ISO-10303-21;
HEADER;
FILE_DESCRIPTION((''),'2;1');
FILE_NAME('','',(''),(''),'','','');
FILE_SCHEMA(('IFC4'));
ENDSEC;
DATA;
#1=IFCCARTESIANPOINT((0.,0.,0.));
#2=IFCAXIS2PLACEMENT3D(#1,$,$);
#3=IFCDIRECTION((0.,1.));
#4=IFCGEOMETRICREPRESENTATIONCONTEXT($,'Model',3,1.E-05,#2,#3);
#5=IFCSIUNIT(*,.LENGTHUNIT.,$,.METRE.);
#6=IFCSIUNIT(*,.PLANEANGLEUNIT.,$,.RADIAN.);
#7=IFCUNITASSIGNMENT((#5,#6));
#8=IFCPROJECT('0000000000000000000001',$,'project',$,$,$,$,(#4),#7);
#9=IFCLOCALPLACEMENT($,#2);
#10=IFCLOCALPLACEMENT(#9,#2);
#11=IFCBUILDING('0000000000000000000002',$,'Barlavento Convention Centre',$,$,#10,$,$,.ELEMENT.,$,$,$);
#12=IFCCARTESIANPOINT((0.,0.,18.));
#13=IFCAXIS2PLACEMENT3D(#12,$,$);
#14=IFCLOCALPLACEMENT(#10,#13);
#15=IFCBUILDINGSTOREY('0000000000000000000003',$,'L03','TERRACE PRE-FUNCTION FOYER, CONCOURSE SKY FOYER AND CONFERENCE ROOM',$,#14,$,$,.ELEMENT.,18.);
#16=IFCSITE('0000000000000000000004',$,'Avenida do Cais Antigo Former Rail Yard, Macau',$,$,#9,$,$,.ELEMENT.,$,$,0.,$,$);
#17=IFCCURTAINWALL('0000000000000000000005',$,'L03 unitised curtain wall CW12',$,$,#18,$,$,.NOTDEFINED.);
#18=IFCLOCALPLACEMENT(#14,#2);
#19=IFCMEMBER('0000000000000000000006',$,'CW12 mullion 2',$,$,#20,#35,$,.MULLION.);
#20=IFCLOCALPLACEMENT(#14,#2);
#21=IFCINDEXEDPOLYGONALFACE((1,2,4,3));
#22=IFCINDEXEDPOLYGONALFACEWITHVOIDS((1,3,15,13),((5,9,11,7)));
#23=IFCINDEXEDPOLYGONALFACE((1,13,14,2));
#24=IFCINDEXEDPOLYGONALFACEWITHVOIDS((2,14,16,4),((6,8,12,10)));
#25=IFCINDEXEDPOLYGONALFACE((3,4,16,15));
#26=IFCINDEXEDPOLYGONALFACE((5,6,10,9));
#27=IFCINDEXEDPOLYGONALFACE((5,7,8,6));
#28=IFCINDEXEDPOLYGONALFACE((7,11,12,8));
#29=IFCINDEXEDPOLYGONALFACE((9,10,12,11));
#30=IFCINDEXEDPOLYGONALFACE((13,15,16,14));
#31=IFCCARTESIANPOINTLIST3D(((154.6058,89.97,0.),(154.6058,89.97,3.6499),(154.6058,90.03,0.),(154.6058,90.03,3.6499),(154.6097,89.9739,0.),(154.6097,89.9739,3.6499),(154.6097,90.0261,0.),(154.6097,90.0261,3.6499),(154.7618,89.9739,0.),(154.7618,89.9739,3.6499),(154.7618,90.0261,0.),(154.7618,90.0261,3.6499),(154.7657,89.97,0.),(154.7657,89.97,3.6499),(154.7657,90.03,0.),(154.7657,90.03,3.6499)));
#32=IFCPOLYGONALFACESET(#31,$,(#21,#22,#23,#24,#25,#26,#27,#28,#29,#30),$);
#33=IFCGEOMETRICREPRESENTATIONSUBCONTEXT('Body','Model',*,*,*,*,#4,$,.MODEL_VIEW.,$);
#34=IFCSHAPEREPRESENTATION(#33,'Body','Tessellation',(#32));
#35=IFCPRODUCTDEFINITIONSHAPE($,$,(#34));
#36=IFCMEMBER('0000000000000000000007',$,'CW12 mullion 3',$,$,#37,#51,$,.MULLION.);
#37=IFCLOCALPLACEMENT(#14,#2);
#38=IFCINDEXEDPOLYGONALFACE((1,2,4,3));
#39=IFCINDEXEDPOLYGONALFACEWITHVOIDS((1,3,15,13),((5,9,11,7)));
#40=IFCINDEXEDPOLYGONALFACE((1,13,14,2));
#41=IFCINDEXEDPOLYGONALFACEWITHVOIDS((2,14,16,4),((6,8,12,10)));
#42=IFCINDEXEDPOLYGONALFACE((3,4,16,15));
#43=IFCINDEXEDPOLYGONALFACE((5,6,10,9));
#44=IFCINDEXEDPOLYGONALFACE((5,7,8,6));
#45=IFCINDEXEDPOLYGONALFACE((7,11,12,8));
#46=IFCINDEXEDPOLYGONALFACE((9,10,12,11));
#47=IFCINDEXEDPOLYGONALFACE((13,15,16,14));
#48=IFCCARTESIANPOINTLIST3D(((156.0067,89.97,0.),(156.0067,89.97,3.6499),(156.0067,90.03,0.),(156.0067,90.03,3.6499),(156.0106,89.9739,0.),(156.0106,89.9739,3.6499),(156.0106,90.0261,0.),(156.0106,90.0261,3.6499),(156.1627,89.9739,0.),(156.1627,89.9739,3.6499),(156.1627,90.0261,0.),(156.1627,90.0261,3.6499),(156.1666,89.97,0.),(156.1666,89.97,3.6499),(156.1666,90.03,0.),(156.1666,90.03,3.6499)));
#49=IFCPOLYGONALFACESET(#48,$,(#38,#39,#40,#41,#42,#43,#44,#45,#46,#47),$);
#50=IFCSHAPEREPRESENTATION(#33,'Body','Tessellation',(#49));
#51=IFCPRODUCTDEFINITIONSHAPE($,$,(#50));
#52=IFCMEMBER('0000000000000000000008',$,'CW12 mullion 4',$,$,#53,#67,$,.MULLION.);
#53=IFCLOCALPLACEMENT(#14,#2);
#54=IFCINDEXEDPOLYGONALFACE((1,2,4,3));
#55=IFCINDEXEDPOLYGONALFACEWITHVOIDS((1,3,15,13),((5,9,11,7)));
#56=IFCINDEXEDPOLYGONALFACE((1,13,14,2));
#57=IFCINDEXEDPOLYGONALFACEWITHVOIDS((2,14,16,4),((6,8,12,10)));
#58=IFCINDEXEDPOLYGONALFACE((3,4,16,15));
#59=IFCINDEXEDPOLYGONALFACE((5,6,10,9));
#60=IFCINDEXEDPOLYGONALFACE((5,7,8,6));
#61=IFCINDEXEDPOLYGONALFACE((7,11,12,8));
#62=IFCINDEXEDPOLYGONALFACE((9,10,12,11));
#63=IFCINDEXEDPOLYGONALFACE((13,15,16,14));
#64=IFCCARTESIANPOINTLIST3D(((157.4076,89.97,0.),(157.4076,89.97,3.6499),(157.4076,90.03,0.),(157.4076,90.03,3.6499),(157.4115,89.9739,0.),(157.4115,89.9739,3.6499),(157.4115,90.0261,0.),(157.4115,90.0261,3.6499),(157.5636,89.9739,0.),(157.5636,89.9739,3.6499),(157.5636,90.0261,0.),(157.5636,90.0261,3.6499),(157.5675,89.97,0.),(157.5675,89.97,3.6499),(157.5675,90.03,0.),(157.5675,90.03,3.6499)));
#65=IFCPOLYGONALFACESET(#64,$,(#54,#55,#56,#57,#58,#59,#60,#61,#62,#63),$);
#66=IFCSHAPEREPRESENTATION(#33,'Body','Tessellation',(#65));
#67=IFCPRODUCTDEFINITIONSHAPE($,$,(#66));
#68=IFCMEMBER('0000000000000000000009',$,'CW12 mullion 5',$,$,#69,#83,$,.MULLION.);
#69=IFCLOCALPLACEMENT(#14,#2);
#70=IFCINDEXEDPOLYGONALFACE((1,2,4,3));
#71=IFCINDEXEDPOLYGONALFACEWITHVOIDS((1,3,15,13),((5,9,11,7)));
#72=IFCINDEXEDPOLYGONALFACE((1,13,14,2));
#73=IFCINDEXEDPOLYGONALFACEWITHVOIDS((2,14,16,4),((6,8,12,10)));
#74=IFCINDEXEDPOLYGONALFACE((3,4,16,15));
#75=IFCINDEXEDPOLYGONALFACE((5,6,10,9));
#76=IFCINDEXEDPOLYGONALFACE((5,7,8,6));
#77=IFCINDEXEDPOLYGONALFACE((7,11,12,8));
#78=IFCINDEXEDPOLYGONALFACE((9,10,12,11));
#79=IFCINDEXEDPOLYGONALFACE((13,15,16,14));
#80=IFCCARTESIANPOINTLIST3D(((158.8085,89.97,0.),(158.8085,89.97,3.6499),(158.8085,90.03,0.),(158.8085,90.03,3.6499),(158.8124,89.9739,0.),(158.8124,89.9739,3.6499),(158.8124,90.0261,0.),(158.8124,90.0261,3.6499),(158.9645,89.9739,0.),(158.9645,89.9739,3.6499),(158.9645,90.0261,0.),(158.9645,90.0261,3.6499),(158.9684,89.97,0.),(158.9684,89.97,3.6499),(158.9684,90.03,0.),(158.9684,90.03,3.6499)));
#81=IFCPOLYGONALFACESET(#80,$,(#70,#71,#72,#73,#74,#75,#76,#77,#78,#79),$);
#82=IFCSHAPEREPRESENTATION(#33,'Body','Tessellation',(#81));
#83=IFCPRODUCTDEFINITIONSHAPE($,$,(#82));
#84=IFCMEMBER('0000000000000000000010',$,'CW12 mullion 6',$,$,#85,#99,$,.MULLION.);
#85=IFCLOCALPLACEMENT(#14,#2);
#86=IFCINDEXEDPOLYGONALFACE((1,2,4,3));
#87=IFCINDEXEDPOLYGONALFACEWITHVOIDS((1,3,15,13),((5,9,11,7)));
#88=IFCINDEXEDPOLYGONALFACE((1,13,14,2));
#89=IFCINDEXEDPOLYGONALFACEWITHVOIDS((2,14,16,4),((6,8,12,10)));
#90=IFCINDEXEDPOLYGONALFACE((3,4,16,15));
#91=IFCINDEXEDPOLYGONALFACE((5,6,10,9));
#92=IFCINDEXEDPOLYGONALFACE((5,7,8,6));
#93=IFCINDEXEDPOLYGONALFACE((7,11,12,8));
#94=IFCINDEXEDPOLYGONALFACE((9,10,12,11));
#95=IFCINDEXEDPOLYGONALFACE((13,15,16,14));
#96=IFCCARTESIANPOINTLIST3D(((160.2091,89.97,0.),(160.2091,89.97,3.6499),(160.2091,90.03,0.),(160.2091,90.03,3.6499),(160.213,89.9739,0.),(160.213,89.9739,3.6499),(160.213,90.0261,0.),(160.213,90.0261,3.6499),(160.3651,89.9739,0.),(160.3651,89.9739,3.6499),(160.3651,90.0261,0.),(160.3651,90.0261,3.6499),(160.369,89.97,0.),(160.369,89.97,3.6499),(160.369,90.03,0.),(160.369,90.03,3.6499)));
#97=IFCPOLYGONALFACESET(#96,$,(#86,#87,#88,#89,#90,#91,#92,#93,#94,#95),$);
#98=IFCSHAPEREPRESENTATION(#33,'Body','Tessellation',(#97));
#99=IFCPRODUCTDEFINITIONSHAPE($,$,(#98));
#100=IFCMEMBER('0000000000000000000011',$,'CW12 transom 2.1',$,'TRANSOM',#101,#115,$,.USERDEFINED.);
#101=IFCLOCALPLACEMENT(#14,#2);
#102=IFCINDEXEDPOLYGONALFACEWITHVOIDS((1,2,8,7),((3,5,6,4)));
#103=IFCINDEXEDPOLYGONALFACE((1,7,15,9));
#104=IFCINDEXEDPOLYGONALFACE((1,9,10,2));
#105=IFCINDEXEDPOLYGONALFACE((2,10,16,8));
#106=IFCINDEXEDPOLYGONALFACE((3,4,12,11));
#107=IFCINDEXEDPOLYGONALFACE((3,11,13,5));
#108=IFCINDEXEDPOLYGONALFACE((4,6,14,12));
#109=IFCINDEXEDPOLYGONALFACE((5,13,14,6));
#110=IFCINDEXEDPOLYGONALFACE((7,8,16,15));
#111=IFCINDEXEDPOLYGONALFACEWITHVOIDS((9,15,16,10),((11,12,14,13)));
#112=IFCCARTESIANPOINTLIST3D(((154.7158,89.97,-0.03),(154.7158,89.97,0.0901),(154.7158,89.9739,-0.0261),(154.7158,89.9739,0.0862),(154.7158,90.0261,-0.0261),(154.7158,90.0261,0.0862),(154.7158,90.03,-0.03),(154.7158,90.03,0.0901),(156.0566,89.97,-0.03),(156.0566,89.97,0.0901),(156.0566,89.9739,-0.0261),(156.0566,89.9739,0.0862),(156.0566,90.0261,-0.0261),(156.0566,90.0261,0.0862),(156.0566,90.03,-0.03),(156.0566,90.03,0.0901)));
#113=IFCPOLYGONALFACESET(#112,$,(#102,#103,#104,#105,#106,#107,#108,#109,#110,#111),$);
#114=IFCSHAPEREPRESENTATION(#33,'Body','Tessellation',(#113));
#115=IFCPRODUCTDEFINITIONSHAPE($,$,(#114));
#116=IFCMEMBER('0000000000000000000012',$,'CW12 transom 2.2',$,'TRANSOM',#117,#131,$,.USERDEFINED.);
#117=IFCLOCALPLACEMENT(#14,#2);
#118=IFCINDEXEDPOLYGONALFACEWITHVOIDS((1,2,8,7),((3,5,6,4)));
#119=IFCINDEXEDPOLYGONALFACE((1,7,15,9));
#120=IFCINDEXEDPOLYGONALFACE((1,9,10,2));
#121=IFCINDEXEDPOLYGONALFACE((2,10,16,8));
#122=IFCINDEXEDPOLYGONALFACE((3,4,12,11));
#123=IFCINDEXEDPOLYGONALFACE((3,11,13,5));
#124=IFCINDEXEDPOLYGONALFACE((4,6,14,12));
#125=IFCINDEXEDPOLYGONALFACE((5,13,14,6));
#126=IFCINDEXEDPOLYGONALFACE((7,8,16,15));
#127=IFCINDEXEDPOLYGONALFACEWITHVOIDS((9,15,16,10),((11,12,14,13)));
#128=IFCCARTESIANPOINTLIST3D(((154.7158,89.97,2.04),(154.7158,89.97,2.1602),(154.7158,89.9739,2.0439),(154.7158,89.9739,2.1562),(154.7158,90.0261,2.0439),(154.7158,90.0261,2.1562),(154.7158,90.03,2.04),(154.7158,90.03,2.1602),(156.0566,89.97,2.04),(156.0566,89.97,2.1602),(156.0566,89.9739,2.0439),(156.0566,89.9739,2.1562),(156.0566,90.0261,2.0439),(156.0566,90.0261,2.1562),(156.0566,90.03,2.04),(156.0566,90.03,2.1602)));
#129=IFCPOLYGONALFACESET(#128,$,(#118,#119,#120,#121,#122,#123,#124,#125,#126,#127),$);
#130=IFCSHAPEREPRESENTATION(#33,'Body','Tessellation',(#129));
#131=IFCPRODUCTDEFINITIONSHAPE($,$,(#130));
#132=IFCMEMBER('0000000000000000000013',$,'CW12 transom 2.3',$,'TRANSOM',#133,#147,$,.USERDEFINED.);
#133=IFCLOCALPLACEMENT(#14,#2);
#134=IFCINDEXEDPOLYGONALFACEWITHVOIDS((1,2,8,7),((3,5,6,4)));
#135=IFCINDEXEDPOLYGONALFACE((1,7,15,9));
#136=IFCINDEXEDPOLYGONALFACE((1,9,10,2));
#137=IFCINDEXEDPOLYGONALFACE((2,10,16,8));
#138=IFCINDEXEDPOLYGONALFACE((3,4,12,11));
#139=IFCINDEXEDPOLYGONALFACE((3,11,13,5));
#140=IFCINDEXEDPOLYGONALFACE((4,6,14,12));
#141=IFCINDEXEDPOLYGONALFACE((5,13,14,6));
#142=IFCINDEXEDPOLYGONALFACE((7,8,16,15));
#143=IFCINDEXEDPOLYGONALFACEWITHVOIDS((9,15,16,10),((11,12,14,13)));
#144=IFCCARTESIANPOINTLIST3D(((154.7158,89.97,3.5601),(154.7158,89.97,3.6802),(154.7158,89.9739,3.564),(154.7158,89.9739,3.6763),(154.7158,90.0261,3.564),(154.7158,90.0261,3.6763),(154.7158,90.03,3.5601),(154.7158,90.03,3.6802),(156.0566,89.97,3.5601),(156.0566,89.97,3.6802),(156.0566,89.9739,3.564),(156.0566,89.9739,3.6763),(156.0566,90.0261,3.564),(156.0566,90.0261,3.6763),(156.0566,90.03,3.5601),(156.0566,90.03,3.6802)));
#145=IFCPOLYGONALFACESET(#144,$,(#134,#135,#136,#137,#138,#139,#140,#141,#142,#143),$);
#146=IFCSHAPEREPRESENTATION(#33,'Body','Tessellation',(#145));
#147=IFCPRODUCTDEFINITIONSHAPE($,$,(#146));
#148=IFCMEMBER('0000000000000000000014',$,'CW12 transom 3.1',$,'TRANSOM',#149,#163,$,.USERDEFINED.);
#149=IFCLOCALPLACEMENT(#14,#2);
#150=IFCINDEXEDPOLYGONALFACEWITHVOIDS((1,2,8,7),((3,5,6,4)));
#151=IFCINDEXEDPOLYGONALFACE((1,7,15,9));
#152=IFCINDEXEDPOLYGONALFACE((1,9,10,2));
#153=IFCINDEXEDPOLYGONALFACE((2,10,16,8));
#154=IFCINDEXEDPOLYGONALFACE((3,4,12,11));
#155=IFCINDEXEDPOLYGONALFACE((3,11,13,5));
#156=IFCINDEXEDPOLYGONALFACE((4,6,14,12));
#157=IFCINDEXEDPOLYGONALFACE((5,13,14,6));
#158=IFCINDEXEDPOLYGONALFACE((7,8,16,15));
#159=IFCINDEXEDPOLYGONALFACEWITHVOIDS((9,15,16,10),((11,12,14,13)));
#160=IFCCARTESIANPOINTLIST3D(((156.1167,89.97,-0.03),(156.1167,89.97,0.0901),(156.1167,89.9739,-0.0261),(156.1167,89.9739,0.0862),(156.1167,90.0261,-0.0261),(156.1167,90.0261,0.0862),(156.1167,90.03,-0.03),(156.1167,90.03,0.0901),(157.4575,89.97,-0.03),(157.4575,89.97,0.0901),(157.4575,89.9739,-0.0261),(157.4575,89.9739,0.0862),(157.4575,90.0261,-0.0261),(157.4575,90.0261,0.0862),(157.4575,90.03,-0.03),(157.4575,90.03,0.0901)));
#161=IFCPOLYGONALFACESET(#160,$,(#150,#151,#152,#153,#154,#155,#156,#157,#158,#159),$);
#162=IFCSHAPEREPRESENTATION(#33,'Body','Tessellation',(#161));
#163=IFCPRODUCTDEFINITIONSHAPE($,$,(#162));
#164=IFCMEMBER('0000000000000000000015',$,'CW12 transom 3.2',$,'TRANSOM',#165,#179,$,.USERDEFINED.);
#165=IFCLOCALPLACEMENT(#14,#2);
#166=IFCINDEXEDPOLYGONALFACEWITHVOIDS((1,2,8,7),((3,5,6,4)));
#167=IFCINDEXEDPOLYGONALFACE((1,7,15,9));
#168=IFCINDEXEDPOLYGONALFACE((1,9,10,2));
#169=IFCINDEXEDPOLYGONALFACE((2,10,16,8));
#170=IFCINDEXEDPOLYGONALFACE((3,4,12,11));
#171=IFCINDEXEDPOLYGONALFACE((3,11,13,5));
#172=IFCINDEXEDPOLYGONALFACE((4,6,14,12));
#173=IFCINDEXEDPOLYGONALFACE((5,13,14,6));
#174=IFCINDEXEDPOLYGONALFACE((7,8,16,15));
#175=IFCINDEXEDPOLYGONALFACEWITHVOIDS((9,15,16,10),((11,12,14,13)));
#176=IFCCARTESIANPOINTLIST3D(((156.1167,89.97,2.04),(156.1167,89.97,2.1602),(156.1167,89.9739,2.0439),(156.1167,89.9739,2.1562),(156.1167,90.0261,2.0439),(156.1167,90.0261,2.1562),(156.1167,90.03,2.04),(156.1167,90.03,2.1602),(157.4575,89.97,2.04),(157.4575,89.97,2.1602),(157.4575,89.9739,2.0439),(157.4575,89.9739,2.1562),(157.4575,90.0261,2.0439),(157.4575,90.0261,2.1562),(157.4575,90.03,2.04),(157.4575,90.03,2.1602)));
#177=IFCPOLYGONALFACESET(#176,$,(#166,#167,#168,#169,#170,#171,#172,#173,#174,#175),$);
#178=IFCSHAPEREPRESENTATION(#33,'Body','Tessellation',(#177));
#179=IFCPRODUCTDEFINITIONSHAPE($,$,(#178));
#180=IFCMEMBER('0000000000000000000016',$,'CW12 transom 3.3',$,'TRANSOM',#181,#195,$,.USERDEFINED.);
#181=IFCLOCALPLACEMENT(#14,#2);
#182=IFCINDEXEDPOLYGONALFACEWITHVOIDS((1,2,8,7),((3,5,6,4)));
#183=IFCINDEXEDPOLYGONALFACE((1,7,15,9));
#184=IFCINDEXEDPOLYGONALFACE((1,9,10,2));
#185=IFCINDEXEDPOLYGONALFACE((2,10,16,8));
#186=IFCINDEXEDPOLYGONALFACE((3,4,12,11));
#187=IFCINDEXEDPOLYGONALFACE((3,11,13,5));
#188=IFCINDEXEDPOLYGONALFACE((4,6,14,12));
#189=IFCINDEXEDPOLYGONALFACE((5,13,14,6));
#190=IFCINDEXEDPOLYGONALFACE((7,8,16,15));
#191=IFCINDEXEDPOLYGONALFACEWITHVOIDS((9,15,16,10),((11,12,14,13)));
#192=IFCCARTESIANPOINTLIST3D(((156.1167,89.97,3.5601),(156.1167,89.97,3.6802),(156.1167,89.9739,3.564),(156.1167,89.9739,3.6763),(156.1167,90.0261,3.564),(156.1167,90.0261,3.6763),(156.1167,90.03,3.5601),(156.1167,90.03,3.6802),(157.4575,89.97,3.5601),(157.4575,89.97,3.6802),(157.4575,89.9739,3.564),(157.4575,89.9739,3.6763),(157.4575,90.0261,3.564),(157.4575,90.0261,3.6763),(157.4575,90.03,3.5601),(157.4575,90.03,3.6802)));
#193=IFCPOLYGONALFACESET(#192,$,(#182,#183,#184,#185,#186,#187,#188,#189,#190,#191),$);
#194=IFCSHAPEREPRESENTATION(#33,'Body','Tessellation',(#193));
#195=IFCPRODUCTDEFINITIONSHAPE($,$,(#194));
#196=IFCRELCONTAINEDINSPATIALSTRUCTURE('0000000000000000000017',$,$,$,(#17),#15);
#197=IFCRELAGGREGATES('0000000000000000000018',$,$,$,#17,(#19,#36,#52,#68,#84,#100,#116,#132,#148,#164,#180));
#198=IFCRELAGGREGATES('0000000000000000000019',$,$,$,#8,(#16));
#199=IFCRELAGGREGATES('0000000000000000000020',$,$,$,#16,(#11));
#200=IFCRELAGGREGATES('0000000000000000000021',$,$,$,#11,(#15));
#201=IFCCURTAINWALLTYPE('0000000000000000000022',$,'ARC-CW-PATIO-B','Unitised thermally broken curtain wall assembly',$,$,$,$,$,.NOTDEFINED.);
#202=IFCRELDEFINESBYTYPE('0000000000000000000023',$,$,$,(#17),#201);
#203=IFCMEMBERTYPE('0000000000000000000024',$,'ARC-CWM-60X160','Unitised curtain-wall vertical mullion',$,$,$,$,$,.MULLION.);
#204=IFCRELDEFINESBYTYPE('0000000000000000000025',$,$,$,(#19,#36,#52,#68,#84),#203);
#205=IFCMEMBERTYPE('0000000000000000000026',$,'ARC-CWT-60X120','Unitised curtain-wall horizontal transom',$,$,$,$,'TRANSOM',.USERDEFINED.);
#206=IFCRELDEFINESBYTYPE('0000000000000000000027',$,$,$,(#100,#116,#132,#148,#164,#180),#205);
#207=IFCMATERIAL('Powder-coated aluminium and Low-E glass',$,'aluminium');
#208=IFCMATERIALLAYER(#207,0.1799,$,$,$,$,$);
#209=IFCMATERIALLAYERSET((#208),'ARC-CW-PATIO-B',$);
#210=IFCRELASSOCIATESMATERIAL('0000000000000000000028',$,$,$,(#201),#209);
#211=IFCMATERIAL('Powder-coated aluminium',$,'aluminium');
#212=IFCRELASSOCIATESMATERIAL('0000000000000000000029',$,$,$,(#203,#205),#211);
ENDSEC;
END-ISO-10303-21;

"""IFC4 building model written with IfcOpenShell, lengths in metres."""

from ifc_helpers import new_model, si_unit, direction, frame, origin, origin_2d, place, context, subcontext, project, spatial, hollow_rectangle, extrude, material, layer, layer_set, material_profile, profile_set, type_object, element, aggregate, save


model = new_model("IFC4")

# Units and contexts
model_context = context("Model", 3, precision=1e-05, world=origin(), true_north=direction((0.0, 1.0)))
body_context = subcontext(model_context, "Body", "Model", "MODEL_VIEW")
ifc_project = project(units=[si_unit("LENGTHUNIT", "METRE"), si_unit("PLANEANGLEUNIT", "RADIAN")], contexts=[model_context])

# Site, building, storey
site_placement = place(None, origin())
site = spatial("IfcSite", under=ifc_project, at=site_placement, Name="Avenida do Cais Antigo Former Rail Yard, Macau", CompositionType="ELEMENT", RefElevation=0.0)
building_placement = place(site_placement, origin())
building = spatial("IfcBuilding", under=site, at=building_placement, Name="Barlavento Convention Centre", CompositionType="ELEMENT")
storey_placement = place(building_placement, frame((0.0, 0.0, 18.0)))
storey = spatial("IfcBuildingStorey", under=building, at=storey_placement, Name="L03", Description="TERRACE PRE-FUNCTION FOYER, CONCOURSE SKY FOYER AND CONFERENCE ROOM", CompositionType="ELEMENT", Elevation=18.0)

# Curtain wall, members
ifc_material_1 = material(Name="Powder-coated aluminium and Low-E glass", Category="aluminium")
ifc_layer_1 = layer(ifc_material_1, 0.1799)
ifc_layer_set_1 = layer_set([ifc_layer_1], Name="ARC-CW-PATIO-B")
curtain_wall_type = type_object("IfcCurtainWallType", Name="ARC-CW-PATIO-B", Description="Unitised thermally broken curtain wall assembly", PredefinedType="NOTDEFINED", material=ifc_layer_set_1)
curtain_wall_placement = place(storey_placement, origin())
curtain_wall = element("IfcCurtainWall", 1, at=curtain_wall_placement, inside=storey, type_object=curtain_wall_type, Name="L03 unitised curtain wall CW12", PredefinedType="NOTDEFINED")
ifc_material_2 = material(Name="Powder-coated aluminium", Category="aluminium")
ifc_material_profile_1 = material_profile(ifc_material_2, hollow_rectangle(XDim=0.0601, YDim=0.1599, WallThickness=0.0039, at=origin_2d()), Name="AL-MULL 60x160x4")
ifc_profile_set_1 = profile_set([ifc_material_profile_1], Name="Powder-coated aluminium")
member_type_1 = type_object("IfcMemberType", Name="ARC-CWM-60X160", Description="Unitised curtain-wall vertical mullion", PredefinedType="MULLION", material=ifc_profile_set_1)
member_1_placement = place(storey_placement, frame((154.6858, 90.0, 0.0), z_axis=(0.0, 0.0, 1.0), x_axis=(0.0, 1.0, 0.0)))
member_1 = element("IfcMember", 2, at=member_1_placement, type_object=member_type_1, Name="CW12 mullion 2", PredefinedType="MULLION", context=body_context, shape_type="SweptSolid", body=[
    extrude(hollow_rectangle(XDim=0.0601, YDim=0.1599, WallThickness=0.0039, at=origin_2d()), origin(), (0.0, 0.0, 1.0), 3.6499),
])
member_2_placement = place(storey_placement, frame((156.0867, 90.0, 0.0), z_axis=(0.0, 0.0, 1.0), x_axis=(0.0, 1.0, 0.0)))
member_2 = element("IfcMember", 3, at=member_2_placement, type_object=member_type_1, Name="CW12 mullion 3", PredefinedType="MULLION", context=body_context, shape_type="SweptSolid", body=[
    extrude(hollow_rectangle(XDim=0.0601, YDim=0.1599, WallThickness=0.0039, at=origin_2d()), origin(), (0.0, 0.0, 1.0), 3.6499),
])
member_3_placement = place(storey_placement, frame((157.4875, 90.0, 0.0), z_axis=(0.0, 0.0, 1.0), x_axis=(0.0, 1.0, 0.0)))
member_3 = element("IfcMember", 4, at=member_3_placement, type_object=member_type_1, Name="CW12 mullion 4", PredefinedType="MULLION", context=body_context, shape_type="SweptSolid", body=[
    extrude(hollow_rectangle(XDim=0.0601, YDim=0.1599, WallThickness=0.0039, at=origin_2d()), origin(), (0.0, 0.0, 1.0), 3.6499),
])
member_4_placement = place(storey_placement, frame((158.8884, 90.0, 0.0), z_axis=(0.0, 0.0, 1.0), x_axis=(0.0, 1.0, 0.0)))
member_4 = element("IfcMember", 5, at=member_4_placement, type_object=member_type_1, Name="CW12 mullion 5", PredefinedType="MULLION", context=body_context, shape_type="SweptSolid", body=[
    extrude(hollow_rectangle(XDim=0.0601, YDim=0.1599, WallThickness=0.0039, at=origin_2d()), origin(), (0.0, 0.0, 1.0), 3.6499),
])
member_5_placement = place(storey_placement, frame((160.2891, 90.0, 0.0), z_axis=(0.0, 0.0, 1.0), x_axis=(0.0, 1.0, 0.0)))
member_5 = element("IfcMember", 6, at=member_5_placement, type_object=member_type_1, Name="CW12 mullion 6", PredefinedType="MULLION", context=body_context, shape_type="SweptSolid", body=[
    extrude(hollow_rectangle(XDim=0.0601, YDim=0.1599, WallThickness=0.0039, at=origin_2d()), origin(), (0.0, 0.0, 1.0), 3.6499),
])
ifc_material_profile_2 = material_profile(ifc_material_2, hollow_rectangle(XDim=0.0601, YDim=0.1201, WallThickness=0.0039, at=origin_2d()), Name="AL-TRAN 60x120x4")
ifc_profile_set_2 = profile_set([ifc_material_profile_2], Name="Powder-coated aluminium")
member_type_2 = type_object("IfcMemberType", Name="ARC-CWT-60X120", Description="Unitised curtain-wall horizontal transom", ElementType="TRANSOM", PredefinedType="USERDEFINED", material=ifc_profile_set_2)
member_6_placement = place(storey_placement, frame((154.7158, 90.0, 0.03), z_axis=(1.0, 0.0, 0.0), x_axis=(0.0, 1.0, 0.0)))
member_6 = element("IfcMember", 7, at=member_6_placement, type_object=member_type_2, Name="CW12 transom 2.1", ObjectType="TRANSOM", PredefinedType="USERDEFINED", context=body_context, shape_type="SweptSolid", body=[
    extrude(hollow_rectangle(XDim=0.0601, YDim=0.1201, WallThickness=0.0039, at=origin_2d()), origin(), (0.0, 0.0, 1.0), 1.3408),
])
member_7_placement = place(storey_placement, frame((154.7158, 90.0, 2.1001), z_axis=(1.0, 0.0, 0.0), x_axis=(0.0, 1.0, 0.0)))
member_7 = element("IfcMember", 8, at=member_7_placement, type_object=member_type_2, Name="CW12 transom 2.2", ObjectType="TRANSOM", PredefinedType="USERDEFINED", context=body_context, shape_type="SweptSolid", body=[
    extrude(hollow_rectangle(XDim=0.0601, YDim=0.1201, WallThickness=0.0039, at=origin_2d()), origin(), (0.0, 0.0, 1.0), 1.3408),
])
member_8_placement = place(storey_placement, frame((154.7158, 90.0, 3.6201), z_axis=(1.0, 0.0, 0.0), x_axis=(0.0, 1.0, 0.0)))
member_8 = element("IfcMember", 9, at=member_8_placement, type_object=member_type_2, Name="CW12 transom 2.3", ObjectType="TRANSOM", PredefinedType="USERDEFINED", context=body_context, shape_type="SweptSolid", body=[
    extrude(hollow_rectangle(XDim=0.0601, YDim=0.1201, WallThickness=0.0039, at=origin_2d()), origin(), (0.0, 0.0, 1.0), 1.3408),
])
member_9_placement = place(storey_placement, frame((156.1167, 90.0, 0.03), z_axis=(1.0, 0.0, 0.0), x_axis=(0.0, 1.0, 0.0)))
member_9 = element("IfcMember", 10, at=member_9_placement, type_object=member_type_2, Name="CW12 transom 3.1", ObjectType="TRANSOM", PredefinedType="USERDEFINED", context=body_context, shape_type="SweptSolid", body=[
    extrude(hollow_rectangle(XDim=0.0601, YDim=0.1201, WallThickness=0.0039, at=origin_2d()), origin(), (0.0, 0.0, 1.0), 1.3408),
])
member_10_placement = place(storey_placement, frame((156.1167, 90.0, 2.1001), z_axis=(1.0, 0.0, 0.0), x_axis=(0.0, 1.0, 0.0)))
member_10 = element("IfcMember", 11, at=member_10_placement, type_object=member_type_2, Name="CW12 transom 3.2", ObjectType="TRANSOM", PredefinedType="USERDEFINED", context=body_context, shape_type="SweptSolid", body=[
    extrude(hollow_rectangle(XDim=0.0601, YDim=0.1201, WallThickness=0.0039, at=origin_2d()), origin(), (0.0, 0.0, 1.0), 1.3408),
])
member_11_placement = place(storey_placement, frame((156.1167, 90.0, 3.6201), z_axis=(1.0, 0.0, 0.0), x_axis=(0.0, 1.0, 0.0)))
member_11 = element("IfcMember", 12, at=member_11_placement, type_object=member_type_2, Name="CW12 transom 3.3", ObjectType="TRANSOM", PredefinedType="USERDEFINED", context=body_context, shape_type="SweptSolid", body=[
    extrude(hollow_rectangle(XDim=0.0601, YDim=0.1201, WallThickness=0.0039, at=origin_2d()), origin(), (0.0, 0.0, 1.0), 1.3408),
])

aggregate(curtain_wall, [member_1, member_2, member_3, member_4, member_5, member_6, member_7, member_8, member_9, member_10, member_11])

save(model, "model.ifc")
